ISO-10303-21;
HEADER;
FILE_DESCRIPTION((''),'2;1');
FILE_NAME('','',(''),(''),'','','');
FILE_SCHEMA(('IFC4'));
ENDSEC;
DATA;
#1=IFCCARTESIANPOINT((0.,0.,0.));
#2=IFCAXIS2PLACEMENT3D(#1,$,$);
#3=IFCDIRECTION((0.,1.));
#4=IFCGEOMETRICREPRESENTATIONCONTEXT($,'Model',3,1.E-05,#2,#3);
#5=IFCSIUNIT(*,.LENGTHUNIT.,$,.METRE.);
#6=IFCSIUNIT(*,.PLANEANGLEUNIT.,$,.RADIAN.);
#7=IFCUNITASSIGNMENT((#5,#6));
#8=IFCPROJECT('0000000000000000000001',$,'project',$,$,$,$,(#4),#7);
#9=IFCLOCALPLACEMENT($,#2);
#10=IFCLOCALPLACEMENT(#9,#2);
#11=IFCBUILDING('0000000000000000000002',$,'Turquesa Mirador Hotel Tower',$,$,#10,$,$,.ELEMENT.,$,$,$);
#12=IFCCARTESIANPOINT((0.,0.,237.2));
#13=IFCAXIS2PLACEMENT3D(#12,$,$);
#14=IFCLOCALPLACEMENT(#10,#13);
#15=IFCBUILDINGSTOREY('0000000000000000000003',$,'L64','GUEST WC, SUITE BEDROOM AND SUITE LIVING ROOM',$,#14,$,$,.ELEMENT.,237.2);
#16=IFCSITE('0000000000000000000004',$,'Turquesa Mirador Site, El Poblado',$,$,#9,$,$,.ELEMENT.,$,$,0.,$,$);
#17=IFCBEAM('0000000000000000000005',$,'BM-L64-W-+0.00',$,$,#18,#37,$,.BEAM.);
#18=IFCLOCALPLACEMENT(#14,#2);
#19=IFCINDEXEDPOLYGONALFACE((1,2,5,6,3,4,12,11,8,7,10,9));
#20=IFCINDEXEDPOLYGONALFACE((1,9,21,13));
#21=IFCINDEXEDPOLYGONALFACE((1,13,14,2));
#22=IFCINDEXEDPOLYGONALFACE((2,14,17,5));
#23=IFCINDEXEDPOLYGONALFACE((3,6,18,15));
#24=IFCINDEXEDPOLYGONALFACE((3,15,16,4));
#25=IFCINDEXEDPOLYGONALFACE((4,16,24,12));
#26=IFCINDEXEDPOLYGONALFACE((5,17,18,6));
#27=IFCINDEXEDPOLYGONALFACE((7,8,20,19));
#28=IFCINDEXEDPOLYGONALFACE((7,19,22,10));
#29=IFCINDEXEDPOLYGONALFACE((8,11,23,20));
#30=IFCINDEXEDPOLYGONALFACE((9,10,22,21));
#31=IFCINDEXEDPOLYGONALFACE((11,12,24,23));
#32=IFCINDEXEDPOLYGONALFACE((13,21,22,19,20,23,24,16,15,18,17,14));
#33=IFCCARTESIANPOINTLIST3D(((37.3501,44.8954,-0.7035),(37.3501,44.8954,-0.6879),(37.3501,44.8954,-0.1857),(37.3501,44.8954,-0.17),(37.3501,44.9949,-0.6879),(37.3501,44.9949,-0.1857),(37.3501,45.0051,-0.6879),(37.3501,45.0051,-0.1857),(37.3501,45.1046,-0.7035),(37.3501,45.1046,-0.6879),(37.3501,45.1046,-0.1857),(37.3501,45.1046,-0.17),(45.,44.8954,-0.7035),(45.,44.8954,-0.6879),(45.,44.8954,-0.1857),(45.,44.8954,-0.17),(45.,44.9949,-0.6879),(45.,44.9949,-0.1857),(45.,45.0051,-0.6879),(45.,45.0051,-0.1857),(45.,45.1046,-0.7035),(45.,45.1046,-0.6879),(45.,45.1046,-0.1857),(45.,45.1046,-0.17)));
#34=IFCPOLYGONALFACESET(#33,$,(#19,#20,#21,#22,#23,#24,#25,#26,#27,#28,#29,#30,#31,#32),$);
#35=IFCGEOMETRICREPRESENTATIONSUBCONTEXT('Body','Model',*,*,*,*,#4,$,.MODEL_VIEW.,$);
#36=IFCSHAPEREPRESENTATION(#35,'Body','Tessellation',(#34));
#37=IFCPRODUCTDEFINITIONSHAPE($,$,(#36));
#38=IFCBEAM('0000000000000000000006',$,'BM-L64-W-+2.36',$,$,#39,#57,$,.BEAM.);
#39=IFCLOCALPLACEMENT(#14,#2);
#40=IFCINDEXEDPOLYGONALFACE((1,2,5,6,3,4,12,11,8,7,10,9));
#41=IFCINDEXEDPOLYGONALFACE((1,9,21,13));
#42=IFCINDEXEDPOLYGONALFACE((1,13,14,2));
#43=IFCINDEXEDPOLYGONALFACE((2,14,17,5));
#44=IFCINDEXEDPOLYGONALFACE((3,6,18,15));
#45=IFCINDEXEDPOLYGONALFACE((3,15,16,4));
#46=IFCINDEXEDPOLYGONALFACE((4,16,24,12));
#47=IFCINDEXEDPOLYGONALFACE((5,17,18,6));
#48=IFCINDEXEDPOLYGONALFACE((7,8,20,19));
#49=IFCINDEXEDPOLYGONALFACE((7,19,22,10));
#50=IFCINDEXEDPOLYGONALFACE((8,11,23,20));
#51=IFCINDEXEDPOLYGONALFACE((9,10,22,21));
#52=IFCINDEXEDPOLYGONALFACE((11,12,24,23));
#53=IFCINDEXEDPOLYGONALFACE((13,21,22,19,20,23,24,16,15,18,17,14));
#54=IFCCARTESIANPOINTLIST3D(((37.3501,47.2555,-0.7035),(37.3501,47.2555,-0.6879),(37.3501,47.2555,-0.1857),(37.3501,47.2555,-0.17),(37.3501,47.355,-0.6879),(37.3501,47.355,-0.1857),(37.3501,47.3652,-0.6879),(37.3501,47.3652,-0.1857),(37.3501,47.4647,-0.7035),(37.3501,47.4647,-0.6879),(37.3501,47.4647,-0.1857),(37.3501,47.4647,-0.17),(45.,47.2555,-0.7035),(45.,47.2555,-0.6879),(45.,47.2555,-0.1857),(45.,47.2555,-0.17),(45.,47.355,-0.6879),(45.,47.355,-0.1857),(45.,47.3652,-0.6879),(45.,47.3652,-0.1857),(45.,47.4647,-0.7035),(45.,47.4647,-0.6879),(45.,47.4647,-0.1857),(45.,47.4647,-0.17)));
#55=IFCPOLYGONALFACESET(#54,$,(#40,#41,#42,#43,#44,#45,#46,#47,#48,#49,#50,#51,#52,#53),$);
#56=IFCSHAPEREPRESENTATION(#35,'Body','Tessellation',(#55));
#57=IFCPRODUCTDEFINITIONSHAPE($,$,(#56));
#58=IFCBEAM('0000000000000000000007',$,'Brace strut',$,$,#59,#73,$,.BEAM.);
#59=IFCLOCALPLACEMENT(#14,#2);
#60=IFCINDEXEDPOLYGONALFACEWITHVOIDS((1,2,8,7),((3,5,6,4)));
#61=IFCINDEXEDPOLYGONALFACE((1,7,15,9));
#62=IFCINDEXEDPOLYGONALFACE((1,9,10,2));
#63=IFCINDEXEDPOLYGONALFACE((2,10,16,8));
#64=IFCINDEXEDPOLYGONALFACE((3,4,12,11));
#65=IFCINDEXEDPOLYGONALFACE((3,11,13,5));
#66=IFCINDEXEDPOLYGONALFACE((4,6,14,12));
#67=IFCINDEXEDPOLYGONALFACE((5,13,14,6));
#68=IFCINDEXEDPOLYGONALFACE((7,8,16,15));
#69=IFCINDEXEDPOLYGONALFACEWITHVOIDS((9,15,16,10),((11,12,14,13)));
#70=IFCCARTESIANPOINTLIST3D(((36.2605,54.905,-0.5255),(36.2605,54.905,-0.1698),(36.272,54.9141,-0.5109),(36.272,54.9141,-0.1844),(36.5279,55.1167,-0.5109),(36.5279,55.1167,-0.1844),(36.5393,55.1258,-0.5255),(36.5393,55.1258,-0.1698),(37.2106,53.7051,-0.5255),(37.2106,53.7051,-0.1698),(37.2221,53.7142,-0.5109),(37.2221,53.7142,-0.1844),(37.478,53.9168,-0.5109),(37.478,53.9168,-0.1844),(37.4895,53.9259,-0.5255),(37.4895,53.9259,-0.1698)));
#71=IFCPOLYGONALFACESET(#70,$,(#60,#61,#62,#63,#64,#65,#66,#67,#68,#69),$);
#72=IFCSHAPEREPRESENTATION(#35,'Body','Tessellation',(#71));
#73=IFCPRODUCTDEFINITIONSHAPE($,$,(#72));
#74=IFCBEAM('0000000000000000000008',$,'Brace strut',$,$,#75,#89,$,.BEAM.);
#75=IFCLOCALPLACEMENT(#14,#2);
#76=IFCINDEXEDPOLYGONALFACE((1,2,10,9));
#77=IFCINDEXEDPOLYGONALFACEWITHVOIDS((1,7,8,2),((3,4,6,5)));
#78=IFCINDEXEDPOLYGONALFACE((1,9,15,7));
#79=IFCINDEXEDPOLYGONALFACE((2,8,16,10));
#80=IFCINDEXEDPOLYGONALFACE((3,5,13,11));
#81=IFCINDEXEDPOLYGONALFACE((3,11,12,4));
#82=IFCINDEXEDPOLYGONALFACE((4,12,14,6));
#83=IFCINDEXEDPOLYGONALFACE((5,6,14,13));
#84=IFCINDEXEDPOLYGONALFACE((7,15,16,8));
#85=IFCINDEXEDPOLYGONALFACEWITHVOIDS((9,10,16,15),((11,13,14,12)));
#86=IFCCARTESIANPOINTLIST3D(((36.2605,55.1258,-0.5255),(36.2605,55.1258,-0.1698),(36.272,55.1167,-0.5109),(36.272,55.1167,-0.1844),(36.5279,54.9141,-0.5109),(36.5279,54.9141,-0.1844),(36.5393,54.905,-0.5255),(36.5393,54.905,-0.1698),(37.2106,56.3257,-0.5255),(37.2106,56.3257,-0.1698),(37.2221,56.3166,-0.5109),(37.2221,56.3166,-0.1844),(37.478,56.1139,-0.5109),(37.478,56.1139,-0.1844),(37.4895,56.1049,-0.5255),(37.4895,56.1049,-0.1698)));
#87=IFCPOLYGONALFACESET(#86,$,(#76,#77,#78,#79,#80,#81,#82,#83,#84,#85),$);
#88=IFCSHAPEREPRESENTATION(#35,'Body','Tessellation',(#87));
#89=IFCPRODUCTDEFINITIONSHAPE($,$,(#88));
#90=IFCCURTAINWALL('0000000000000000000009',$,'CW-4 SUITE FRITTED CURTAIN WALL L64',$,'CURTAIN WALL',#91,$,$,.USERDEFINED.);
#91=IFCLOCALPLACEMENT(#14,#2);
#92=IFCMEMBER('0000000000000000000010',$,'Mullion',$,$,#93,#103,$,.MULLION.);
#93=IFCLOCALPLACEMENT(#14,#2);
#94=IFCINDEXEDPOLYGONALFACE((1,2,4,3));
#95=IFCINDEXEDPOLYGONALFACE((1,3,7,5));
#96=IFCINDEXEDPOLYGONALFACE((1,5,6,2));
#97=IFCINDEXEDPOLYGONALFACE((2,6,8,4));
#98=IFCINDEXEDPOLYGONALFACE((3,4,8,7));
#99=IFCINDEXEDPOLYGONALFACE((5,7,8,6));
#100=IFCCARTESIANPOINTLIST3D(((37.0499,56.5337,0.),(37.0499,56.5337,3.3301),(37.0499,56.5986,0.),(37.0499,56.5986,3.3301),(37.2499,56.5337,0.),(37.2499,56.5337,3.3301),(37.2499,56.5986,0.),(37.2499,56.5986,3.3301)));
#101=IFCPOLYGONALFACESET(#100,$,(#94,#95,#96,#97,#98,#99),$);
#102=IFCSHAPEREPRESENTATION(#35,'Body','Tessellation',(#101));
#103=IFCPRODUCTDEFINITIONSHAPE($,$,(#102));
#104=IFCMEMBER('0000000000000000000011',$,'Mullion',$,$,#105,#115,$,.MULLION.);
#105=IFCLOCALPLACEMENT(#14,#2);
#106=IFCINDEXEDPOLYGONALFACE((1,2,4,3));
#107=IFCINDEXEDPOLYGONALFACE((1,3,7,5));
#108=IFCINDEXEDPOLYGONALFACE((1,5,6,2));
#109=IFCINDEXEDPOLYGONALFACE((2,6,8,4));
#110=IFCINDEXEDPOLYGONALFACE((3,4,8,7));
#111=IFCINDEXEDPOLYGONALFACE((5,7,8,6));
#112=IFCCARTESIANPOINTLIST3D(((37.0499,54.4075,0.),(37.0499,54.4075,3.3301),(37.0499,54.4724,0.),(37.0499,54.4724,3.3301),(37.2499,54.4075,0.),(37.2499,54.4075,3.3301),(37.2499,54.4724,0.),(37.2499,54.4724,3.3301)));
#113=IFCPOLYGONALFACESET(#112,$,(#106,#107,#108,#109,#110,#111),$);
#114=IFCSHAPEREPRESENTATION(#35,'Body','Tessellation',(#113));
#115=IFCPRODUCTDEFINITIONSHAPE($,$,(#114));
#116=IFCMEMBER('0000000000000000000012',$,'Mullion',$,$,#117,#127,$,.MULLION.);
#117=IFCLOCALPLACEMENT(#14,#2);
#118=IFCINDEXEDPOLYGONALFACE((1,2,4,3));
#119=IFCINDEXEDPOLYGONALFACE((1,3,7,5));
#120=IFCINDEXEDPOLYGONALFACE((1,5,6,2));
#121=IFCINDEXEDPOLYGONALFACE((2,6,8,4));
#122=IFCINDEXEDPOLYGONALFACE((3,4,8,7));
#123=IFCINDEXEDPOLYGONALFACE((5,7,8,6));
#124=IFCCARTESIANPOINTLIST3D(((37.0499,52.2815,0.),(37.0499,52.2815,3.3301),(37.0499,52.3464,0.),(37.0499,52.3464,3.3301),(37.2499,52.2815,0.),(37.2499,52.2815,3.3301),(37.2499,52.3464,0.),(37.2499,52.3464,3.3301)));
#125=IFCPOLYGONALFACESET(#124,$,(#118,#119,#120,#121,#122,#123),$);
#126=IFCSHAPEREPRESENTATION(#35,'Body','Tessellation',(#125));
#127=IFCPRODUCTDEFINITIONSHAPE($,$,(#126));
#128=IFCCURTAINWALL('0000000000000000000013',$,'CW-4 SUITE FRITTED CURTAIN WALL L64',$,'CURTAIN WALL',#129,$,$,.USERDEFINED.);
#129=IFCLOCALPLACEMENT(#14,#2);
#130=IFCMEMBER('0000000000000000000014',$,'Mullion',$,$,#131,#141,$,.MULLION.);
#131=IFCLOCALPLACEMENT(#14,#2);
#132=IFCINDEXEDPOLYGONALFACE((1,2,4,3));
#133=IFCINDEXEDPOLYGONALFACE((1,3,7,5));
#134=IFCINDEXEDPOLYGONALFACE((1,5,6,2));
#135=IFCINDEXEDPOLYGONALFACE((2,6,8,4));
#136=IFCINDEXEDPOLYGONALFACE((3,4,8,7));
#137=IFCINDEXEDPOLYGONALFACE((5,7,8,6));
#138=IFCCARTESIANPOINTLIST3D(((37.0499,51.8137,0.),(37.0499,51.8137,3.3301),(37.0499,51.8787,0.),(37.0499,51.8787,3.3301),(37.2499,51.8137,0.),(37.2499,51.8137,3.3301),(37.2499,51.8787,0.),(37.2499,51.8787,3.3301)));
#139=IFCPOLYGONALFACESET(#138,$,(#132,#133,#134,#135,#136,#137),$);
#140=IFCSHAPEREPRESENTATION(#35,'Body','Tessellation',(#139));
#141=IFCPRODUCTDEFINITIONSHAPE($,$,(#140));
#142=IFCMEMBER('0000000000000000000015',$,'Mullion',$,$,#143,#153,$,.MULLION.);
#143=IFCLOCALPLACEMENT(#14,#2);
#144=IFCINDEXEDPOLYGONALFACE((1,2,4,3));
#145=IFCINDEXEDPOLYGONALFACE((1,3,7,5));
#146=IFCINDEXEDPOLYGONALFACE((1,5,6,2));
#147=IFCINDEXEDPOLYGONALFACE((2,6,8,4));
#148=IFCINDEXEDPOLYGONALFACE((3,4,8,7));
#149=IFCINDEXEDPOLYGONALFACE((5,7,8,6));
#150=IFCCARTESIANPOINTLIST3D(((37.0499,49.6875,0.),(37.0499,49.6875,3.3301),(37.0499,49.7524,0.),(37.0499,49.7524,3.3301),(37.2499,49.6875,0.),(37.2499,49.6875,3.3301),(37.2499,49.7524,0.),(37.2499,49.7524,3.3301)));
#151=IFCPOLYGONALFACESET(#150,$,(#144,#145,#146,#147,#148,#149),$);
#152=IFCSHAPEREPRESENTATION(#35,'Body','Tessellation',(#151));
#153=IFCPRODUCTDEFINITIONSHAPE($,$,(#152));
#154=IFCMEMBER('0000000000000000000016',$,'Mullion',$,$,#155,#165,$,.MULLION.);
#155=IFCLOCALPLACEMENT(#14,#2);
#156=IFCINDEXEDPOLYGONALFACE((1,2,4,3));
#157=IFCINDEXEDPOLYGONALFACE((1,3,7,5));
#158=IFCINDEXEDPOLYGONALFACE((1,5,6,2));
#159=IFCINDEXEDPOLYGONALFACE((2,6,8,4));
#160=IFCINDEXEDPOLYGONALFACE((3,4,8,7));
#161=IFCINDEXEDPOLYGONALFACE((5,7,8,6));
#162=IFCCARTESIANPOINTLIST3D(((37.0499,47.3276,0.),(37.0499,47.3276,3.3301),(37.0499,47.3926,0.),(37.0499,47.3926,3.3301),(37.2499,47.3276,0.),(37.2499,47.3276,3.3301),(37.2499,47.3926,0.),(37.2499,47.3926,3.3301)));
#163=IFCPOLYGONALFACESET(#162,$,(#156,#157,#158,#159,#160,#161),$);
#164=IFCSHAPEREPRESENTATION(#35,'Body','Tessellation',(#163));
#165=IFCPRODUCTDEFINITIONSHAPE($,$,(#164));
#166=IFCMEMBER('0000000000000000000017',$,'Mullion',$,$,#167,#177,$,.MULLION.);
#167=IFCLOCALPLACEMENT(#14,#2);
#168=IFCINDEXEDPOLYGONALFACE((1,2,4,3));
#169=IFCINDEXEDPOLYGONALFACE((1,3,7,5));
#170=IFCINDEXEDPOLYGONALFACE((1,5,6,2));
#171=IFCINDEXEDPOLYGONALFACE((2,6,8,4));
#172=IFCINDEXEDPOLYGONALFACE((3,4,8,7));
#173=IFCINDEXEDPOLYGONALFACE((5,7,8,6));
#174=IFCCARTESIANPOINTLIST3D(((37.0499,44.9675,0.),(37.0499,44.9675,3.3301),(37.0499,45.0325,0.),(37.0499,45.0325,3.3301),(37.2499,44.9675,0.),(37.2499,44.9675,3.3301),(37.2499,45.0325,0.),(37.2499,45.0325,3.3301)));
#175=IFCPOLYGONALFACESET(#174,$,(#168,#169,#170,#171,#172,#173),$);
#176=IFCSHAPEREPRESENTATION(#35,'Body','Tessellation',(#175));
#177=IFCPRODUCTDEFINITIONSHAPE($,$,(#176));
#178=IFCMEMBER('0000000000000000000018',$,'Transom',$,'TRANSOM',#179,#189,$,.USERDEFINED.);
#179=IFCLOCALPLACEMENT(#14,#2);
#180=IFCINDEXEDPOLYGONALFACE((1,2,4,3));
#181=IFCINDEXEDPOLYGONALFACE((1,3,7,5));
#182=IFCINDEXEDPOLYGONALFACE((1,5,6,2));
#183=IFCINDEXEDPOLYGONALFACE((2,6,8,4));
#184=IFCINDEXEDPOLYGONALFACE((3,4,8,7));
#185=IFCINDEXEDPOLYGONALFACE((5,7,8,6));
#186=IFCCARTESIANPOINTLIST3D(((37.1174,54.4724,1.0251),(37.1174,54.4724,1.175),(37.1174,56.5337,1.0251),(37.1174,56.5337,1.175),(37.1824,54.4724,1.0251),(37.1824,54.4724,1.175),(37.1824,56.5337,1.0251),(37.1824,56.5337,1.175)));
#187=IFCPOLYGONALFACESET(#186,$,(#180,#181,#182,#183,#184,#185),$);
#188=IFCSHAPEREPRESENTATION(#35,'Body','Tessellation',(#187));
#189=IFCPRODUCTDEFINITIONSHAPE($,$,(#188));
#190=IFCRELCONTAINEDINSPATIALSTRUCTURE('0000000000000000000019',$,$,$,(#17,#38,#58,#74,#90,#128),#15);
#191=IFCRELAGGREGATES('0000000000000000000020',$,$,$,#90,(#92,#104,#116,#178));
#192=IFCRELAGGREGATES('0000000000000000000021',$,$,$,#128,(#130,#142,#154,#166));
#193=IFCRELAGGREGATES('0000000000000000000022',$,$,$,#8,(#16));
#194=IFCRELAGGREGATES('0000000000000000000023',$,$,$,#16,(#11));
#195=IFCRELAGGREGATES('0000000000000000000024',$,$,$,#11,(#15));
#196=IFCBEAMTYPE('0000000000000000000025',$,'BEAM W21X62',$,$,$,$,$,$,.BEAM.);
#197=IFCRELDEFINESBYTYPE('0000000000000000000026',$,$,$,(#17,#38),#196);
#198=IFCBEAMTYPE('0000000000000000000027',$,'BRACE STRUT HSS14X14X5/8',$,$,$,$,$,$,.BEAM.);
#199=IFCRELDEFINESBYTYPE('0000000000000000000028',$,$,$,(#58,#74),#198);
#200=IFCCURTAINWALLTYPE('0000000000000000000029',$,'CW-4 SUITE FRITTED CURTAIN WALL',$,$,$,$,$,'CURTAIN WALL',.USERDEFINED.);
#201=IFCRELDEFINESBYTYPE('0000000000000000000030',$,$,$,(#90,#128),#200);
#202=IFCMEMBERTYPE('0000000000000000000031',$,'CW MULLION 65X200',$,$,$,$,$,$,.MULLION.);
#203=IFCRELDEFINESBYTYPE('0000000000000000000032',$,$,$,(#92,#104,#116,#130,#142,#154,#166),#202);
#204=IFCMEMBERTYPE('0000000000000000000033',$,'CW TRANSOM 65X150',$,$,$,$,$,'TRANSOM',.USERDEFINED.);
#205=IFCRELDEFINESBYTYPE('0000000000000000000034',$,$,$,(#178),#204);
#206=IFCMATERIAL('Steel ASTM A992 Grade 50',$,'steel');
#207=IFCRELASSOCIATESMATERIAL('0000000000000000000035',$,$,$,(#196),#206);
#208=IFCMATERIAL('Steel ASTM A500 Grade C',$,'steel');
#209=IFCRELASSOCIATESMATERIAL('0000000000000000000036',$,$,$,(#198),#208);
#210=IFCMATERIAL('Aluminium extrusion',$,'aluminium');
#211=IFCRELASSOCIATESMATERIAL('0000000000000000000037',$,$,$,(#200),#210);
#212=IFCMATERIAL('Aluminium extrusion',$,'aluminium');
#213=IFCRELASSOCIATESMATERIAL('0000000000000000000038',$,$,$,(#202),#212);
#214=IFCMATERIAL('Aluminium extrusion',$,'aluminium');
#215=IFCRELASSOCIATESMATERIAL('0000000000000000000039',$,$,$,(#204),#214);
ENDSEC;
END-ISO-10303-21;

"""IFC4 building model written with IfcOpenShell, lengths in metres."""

from ifc_helpers import new_model, si_unit, direction, frame, origin, origin_2d, place, context, subcontext, project, spatial, rectangle, hollow_rectangle, i_section, extrude, material, material_profile, profile_set, type_object, element, aggregate, save


model = new_model("IFC4")

# Units and contexts
model_context = context("Model", 3, precision=1e-05, world=origin(), true_north=direction((0.0, 1.0)))
body_context = subcontext(model_context, "Body", "Model", "MODEL_VIEW")
ifc_project = project(units=[si_unit("LENGTHUNIT", "METRE"), si_unit("PLANEANGLEUNIT", "RADIAN")], contexts=[model_context])

# Site, building, storey
site_placement = place(None, origin())
site = spatial("IfcSite", under=ifc_project, at=site_placement, Name="Turquesa Mirador Site, El Poblado", CompositionType="ELEMENT", RefElevation=0.0)
building_placement = place(site_placement, origin())
building = spatial("IfcBuilding", under=site, at=building_placement, Name="Turquesa Mirador Hotel Tower", CompositionType="ELEMENT")
storey_placement = place(building_placement, frame((0.0, 0.0, 237.2)))
storey = spatial("IfcBuildingStorey", under=building, at=storey_placement, Name="L64", Description="GUEST WC, SUITE BEDROOM AND SUITE LIVING ROOM", CompositionType="ELEMENT", Elevation=237.2)

# Beams
ifc_material_1 = material(Name="Steel ASTM A992 Grade 50", Category="steel")
ifc_material_profile_1 = material_profile(ifc_material_1, i_section(OverallWidth=0.2092, OverallDepth=0.5334, WebThickness=0.0103, FlangeThickness=0.0156, at=origin_2d()), Name="W21X62")
ifc_profile_set_1 = profile_set([ifc_material_profile_1], Name="Steel ASTM A992 Grade 50")
beam_type_1 = type_object("IfcBeamType", Name="BEAM W21X62", PredefinedType="BEAM", material=ifc_profile_set_1)
for number, where, z_axis, x_axis, name in (
    (1, (37.3501, 45.0, -0.4368), (1.0, 0.0, 0.0), (0.0, 1.0, 0.0), "BM-L64-W-+0.00"),
    (2, (37.3501, 47.3601, -0.4368), (1.0, 0.0, 0.0), (0.0, 1.0, 0.0), "BM-L64-W-+2.36"),
):
    element("IfcBeam", number, at=place(storey_placement, frame(where, z_axis=z_axis, x_axis=x_axis)), inside=storey, type_object=beam_type_1, Name=name, PredefinedType="BEAM", context=body_context, shape_type="SweptSolid", body=[
        extrude(i_section(OverallWidth=0.2092, OverallDepth=0.5334, WebThickness=0.0103, FlangeThickness=0.0156, at=origin_2d()), origin(), (0.0, 0.0, 1.0), 7.6499),
    ])
ifc_material_2 = material(Name="Steel ASTM A500 Grade C", Category="steel")
ifc_material_profile_2 = material_profile(ifc_material_2, hollow_rectangle(XDim=0.3557, YDim=0.3557, WallThickness=0.0146, at=origin_2d()), Name="HSS14X14X5/8")
ifc_profile_set_2 = profile_set([ifc_material_profile_2], Name="Steel ASTM A500 Grade C")
beam_type_2 = type_object("IfcBeamType", Name="BRACE STRUT HSS14X14X5/8", PredefinedType="BEAM", material=ifc_profile_set_2)
for number, where, z_axis, x_axis, name in (
    (3, (36.3999, 55.0154, -0.3477), (0.620797, -0.783971, 0.0), (0.783971, 0.620797, 0.0), "Brace strut"),
    (4, (36.3999, 55.0154, -0.3477), (0.620797, 0.783971, 0.0), (-0.783971, 0.620797, 0.0), "Brace strut"),
):
    element("IfcBeam", number, at=place(storey_placement, frame(where, z_axis=z_axis, x_axis=x_axis)), inside=storey, type_object=beam_type_2, Name=name, PredefinedType="BEAM", context=body_context, shape_type="SweptSolid", body=[
        extrude(hollow_rectangle(XDim=0.3557, YDim=0.3557, WallThickness=0.0146, at=origin_2d()), origin(), (0.0, 0.0, 1.0), 1.5305),
    ])

# Curtain walls, members
ifc_material_3 = material(Name="Aluminium extrusion", Category="aluminium")
curtain_wall_type = type_object("IfcCurtainWallType", Name="CW-4 SUITE FRITTED CURTAIN WALL", ElementType="CURTAIN WALL", PredefinedType="USERDEFINED", material=ifc_material_3)
curtain_wall_1_placement = place(storey_placement, origin())
curtain_wall_1 = element("IfcCurtainWall", 5, at=curtain_wall_1_placement, inside=storey, type_object=curtain_wall_type, Name="CW-4 SUITE FRITTED CURTAIN WALL L64", ObjectType="CURTAIN WALL", PredefinedType="USERDEFINED")
ifc_material_4 = material(Name="Aluminium extrusion", Category="aluminium")
ifc_material_profile_3 = material_profile(ifc_material_4, rectangle(XDim=0.0649, YDim=0.2, at=origin_2d()), Name="MULLION 65X200")
ifc_profile_set_3 = profile_set([ifc_material_profile_3], Name="Aluminium extrusion")
member_type_1 = type_object("IfcMemberType", Name="CW MULLION 65X200", PredefinedType="MULLION", material=ifc_profile_set_3)
member_1_placement = place(storey_placement, frame((37.1499, 56.5662, 0.0), z_axis=(0.0, 0.0, 1.0), x_axis=(0.0, -1.0, 0.0)))
member_1 = element("IfcMember", 6, at=member_1_placement, type_object=member_type_1, Name="Mullion", PredefinedType="MULLION", context=body_context, shape_type="SweptSolid", body=[
    extrude(rectangle(XDim=0.0649, YDim=0.2, at=origin_2d()), origin(), (0.0, 0.0, 1.0), 3.3301),
])
member_2_placement = place(storey_placement, frame((37.1499, 54.4399, 0.0), z_axis=(0.0, 0.0, 1.0), x_axis=(0.0, -1.0, 0.0)))
member_2 = element("IfcMember", 7, at=member_2_placement, type_object=member_type_1, Name="Mullion", PredefinedType="MULLION", context=body_context, shape_type="SweptSolid", body=[
    extrude(rectangle(XDim=0.0649, YDim=0.2, at=origin_2d()), origin(), (0.0, 0.0, 1.0), 3.3301),
])
member_3_placement = place(storey_placement, frame((37.1499, 52.314, 0.0), z_axis=(0.0, 0.0, 1.0), x_axis=(0.0, -1.0, 0.0)))
member_3 = element("IfcMember", 8, at=member_3_placement, type_object=member_type_1, Name="Mullion", PredefinedType="MULLION", context=body_context, shape_type="SweptSolid", body=[
    extrude(rectangle(XDim=0.0649, YDim=0.2, at=origin_2d()), origin(), (0.0, 0.0, 1.0), 3.3301),
])
curtain_wall_2_placement = place(storey_placement, origin())
curtain_wall_2 = element("IfcCurtainWall", 9, at=curtain_wall_2_placement, inside=storey, type_object=curtain_wall_type, Name="CW-4 SUITE FRITTED CURTAIN WALL L64", ObjectType="CURTAIN WALL", PredefinedType="USERDEFINED")
member_4_placement = place(storey_placement, frame((37.1499, 51.8462, 0.0), z_axis=(0.0, 0.0, 1.0), x_axis=(0.0, -1.0, 0.0)))
member_4 = element("IfcMember", 10, at=member_4_placement, type_object=member_type_1, Name="Mullion", PredefinedType="MULLION", context=body_context, shape_type="SweptSolid", body=[
    extrude(rectangle(XDim=0.0649, YDim=0.2, at=origin_2d()), origin(), (0.0, 0.0, 1.0), 3.3301),
])
member_5_placement = place(storey_placement, frame((37.1499, 49.72, 0.0), z_axis=(0.0, 0.0, 1.0), x_axis=(0.0, -1.0, 0.0)))
member_5 = element("IfcMember", 11, at=member_5_placement, type_object=member_type_1, Name="Mullion", PredefinedType="MULLION", context=body_context, shape_type="SweptSolid", body=[
    extrude(rectangle(XDim=0.0649, YDim=0.2, at=origin_2d()), origin(), (0.0, 0.0, 1.0), 3.3301),
])
member_6_placement = place(storey_placement, frame((37.1499, 47.3601, 0.0), z_axis=(0.0, 0.0, 1.0), x_axis=(0.0, -1.0, 0.0)))
member_6 = element("IfcMember", 12, at=member_6_placement, type_object=member_type_1, Name="Mullion", PredefinedType="MULLION", context=body_context, shape_type="SweptSolid", body=[
    extrude(rectangle(XDim=0.0649, YDim=0.2, at=origin_2d()), origin(), (0.0, 0.0, 1.0), 3.3301),
])
member_7_placement = place(storey_placement, frame((37.1499, 45.0, 0.0), z_axis=(0.0, 0.0, 1.0), x_axis=(0.0, -1.0, 0.0)))
member_7 = element("IfcMember", 13, at=member_7_placement, type_object=member_type_1, Name="Mullion", PredefinedType="MULLION", context=body_context, shape_type="SweptSolid", body=[
    extrude(rectangle(XDim=0.0649, YDim=0.2, at=origin_2d()), origin(), (0.0, 0.0, 1.0), 3.3301),
])

# Member
ifc_material_5 = material(Name="Aluminium extrusion", Category="aluminium")
ifc_material_profile_4 = material_profile(ifc_material_5, rectangle(XDim=0.0649, YDim=0.1499, at=origin_2d()), Name="TRANSOM 65X150")
ifc_profile_set_4 = profile_set([ifc_material_profile_4], Name="Aluminium extrusion")
member_type_2 = type_object("IfcMemberType", Name="CW TRANSOM 65X150", ElementType="TRANSOM", PredefinedType="USERDEFINED", material=ifc_profile_set_4)
member_8_placement = place(storey_placement, frame((37.1499, 56.5337, 1.1001), z_axis=(0.0, -1.0, 0.0), x_axis=(1.0, 0.0, 0.0)))
member_8 = element("IfcMember", 14, at=member_8_placement, type_object=member_type_2, Name="Transom", ObjectType="TRANSOM", PredefinedType="USERDEFINED", context=body_context, shape_type="SweptSolid", body=[
    extrude(rectangle(XDim=0.0649, YDim=0.1499, at=origin_2d()), origin(), (0.0, 0.0, 1.0), 2.0613),
])

aggregate(curtain_wall_1, [member_1, member_2, member_3, member_8])
aggregate(curtain_wall_2, [member_4, member_5, member_6, member_7])

save(model, "model.ifc")
